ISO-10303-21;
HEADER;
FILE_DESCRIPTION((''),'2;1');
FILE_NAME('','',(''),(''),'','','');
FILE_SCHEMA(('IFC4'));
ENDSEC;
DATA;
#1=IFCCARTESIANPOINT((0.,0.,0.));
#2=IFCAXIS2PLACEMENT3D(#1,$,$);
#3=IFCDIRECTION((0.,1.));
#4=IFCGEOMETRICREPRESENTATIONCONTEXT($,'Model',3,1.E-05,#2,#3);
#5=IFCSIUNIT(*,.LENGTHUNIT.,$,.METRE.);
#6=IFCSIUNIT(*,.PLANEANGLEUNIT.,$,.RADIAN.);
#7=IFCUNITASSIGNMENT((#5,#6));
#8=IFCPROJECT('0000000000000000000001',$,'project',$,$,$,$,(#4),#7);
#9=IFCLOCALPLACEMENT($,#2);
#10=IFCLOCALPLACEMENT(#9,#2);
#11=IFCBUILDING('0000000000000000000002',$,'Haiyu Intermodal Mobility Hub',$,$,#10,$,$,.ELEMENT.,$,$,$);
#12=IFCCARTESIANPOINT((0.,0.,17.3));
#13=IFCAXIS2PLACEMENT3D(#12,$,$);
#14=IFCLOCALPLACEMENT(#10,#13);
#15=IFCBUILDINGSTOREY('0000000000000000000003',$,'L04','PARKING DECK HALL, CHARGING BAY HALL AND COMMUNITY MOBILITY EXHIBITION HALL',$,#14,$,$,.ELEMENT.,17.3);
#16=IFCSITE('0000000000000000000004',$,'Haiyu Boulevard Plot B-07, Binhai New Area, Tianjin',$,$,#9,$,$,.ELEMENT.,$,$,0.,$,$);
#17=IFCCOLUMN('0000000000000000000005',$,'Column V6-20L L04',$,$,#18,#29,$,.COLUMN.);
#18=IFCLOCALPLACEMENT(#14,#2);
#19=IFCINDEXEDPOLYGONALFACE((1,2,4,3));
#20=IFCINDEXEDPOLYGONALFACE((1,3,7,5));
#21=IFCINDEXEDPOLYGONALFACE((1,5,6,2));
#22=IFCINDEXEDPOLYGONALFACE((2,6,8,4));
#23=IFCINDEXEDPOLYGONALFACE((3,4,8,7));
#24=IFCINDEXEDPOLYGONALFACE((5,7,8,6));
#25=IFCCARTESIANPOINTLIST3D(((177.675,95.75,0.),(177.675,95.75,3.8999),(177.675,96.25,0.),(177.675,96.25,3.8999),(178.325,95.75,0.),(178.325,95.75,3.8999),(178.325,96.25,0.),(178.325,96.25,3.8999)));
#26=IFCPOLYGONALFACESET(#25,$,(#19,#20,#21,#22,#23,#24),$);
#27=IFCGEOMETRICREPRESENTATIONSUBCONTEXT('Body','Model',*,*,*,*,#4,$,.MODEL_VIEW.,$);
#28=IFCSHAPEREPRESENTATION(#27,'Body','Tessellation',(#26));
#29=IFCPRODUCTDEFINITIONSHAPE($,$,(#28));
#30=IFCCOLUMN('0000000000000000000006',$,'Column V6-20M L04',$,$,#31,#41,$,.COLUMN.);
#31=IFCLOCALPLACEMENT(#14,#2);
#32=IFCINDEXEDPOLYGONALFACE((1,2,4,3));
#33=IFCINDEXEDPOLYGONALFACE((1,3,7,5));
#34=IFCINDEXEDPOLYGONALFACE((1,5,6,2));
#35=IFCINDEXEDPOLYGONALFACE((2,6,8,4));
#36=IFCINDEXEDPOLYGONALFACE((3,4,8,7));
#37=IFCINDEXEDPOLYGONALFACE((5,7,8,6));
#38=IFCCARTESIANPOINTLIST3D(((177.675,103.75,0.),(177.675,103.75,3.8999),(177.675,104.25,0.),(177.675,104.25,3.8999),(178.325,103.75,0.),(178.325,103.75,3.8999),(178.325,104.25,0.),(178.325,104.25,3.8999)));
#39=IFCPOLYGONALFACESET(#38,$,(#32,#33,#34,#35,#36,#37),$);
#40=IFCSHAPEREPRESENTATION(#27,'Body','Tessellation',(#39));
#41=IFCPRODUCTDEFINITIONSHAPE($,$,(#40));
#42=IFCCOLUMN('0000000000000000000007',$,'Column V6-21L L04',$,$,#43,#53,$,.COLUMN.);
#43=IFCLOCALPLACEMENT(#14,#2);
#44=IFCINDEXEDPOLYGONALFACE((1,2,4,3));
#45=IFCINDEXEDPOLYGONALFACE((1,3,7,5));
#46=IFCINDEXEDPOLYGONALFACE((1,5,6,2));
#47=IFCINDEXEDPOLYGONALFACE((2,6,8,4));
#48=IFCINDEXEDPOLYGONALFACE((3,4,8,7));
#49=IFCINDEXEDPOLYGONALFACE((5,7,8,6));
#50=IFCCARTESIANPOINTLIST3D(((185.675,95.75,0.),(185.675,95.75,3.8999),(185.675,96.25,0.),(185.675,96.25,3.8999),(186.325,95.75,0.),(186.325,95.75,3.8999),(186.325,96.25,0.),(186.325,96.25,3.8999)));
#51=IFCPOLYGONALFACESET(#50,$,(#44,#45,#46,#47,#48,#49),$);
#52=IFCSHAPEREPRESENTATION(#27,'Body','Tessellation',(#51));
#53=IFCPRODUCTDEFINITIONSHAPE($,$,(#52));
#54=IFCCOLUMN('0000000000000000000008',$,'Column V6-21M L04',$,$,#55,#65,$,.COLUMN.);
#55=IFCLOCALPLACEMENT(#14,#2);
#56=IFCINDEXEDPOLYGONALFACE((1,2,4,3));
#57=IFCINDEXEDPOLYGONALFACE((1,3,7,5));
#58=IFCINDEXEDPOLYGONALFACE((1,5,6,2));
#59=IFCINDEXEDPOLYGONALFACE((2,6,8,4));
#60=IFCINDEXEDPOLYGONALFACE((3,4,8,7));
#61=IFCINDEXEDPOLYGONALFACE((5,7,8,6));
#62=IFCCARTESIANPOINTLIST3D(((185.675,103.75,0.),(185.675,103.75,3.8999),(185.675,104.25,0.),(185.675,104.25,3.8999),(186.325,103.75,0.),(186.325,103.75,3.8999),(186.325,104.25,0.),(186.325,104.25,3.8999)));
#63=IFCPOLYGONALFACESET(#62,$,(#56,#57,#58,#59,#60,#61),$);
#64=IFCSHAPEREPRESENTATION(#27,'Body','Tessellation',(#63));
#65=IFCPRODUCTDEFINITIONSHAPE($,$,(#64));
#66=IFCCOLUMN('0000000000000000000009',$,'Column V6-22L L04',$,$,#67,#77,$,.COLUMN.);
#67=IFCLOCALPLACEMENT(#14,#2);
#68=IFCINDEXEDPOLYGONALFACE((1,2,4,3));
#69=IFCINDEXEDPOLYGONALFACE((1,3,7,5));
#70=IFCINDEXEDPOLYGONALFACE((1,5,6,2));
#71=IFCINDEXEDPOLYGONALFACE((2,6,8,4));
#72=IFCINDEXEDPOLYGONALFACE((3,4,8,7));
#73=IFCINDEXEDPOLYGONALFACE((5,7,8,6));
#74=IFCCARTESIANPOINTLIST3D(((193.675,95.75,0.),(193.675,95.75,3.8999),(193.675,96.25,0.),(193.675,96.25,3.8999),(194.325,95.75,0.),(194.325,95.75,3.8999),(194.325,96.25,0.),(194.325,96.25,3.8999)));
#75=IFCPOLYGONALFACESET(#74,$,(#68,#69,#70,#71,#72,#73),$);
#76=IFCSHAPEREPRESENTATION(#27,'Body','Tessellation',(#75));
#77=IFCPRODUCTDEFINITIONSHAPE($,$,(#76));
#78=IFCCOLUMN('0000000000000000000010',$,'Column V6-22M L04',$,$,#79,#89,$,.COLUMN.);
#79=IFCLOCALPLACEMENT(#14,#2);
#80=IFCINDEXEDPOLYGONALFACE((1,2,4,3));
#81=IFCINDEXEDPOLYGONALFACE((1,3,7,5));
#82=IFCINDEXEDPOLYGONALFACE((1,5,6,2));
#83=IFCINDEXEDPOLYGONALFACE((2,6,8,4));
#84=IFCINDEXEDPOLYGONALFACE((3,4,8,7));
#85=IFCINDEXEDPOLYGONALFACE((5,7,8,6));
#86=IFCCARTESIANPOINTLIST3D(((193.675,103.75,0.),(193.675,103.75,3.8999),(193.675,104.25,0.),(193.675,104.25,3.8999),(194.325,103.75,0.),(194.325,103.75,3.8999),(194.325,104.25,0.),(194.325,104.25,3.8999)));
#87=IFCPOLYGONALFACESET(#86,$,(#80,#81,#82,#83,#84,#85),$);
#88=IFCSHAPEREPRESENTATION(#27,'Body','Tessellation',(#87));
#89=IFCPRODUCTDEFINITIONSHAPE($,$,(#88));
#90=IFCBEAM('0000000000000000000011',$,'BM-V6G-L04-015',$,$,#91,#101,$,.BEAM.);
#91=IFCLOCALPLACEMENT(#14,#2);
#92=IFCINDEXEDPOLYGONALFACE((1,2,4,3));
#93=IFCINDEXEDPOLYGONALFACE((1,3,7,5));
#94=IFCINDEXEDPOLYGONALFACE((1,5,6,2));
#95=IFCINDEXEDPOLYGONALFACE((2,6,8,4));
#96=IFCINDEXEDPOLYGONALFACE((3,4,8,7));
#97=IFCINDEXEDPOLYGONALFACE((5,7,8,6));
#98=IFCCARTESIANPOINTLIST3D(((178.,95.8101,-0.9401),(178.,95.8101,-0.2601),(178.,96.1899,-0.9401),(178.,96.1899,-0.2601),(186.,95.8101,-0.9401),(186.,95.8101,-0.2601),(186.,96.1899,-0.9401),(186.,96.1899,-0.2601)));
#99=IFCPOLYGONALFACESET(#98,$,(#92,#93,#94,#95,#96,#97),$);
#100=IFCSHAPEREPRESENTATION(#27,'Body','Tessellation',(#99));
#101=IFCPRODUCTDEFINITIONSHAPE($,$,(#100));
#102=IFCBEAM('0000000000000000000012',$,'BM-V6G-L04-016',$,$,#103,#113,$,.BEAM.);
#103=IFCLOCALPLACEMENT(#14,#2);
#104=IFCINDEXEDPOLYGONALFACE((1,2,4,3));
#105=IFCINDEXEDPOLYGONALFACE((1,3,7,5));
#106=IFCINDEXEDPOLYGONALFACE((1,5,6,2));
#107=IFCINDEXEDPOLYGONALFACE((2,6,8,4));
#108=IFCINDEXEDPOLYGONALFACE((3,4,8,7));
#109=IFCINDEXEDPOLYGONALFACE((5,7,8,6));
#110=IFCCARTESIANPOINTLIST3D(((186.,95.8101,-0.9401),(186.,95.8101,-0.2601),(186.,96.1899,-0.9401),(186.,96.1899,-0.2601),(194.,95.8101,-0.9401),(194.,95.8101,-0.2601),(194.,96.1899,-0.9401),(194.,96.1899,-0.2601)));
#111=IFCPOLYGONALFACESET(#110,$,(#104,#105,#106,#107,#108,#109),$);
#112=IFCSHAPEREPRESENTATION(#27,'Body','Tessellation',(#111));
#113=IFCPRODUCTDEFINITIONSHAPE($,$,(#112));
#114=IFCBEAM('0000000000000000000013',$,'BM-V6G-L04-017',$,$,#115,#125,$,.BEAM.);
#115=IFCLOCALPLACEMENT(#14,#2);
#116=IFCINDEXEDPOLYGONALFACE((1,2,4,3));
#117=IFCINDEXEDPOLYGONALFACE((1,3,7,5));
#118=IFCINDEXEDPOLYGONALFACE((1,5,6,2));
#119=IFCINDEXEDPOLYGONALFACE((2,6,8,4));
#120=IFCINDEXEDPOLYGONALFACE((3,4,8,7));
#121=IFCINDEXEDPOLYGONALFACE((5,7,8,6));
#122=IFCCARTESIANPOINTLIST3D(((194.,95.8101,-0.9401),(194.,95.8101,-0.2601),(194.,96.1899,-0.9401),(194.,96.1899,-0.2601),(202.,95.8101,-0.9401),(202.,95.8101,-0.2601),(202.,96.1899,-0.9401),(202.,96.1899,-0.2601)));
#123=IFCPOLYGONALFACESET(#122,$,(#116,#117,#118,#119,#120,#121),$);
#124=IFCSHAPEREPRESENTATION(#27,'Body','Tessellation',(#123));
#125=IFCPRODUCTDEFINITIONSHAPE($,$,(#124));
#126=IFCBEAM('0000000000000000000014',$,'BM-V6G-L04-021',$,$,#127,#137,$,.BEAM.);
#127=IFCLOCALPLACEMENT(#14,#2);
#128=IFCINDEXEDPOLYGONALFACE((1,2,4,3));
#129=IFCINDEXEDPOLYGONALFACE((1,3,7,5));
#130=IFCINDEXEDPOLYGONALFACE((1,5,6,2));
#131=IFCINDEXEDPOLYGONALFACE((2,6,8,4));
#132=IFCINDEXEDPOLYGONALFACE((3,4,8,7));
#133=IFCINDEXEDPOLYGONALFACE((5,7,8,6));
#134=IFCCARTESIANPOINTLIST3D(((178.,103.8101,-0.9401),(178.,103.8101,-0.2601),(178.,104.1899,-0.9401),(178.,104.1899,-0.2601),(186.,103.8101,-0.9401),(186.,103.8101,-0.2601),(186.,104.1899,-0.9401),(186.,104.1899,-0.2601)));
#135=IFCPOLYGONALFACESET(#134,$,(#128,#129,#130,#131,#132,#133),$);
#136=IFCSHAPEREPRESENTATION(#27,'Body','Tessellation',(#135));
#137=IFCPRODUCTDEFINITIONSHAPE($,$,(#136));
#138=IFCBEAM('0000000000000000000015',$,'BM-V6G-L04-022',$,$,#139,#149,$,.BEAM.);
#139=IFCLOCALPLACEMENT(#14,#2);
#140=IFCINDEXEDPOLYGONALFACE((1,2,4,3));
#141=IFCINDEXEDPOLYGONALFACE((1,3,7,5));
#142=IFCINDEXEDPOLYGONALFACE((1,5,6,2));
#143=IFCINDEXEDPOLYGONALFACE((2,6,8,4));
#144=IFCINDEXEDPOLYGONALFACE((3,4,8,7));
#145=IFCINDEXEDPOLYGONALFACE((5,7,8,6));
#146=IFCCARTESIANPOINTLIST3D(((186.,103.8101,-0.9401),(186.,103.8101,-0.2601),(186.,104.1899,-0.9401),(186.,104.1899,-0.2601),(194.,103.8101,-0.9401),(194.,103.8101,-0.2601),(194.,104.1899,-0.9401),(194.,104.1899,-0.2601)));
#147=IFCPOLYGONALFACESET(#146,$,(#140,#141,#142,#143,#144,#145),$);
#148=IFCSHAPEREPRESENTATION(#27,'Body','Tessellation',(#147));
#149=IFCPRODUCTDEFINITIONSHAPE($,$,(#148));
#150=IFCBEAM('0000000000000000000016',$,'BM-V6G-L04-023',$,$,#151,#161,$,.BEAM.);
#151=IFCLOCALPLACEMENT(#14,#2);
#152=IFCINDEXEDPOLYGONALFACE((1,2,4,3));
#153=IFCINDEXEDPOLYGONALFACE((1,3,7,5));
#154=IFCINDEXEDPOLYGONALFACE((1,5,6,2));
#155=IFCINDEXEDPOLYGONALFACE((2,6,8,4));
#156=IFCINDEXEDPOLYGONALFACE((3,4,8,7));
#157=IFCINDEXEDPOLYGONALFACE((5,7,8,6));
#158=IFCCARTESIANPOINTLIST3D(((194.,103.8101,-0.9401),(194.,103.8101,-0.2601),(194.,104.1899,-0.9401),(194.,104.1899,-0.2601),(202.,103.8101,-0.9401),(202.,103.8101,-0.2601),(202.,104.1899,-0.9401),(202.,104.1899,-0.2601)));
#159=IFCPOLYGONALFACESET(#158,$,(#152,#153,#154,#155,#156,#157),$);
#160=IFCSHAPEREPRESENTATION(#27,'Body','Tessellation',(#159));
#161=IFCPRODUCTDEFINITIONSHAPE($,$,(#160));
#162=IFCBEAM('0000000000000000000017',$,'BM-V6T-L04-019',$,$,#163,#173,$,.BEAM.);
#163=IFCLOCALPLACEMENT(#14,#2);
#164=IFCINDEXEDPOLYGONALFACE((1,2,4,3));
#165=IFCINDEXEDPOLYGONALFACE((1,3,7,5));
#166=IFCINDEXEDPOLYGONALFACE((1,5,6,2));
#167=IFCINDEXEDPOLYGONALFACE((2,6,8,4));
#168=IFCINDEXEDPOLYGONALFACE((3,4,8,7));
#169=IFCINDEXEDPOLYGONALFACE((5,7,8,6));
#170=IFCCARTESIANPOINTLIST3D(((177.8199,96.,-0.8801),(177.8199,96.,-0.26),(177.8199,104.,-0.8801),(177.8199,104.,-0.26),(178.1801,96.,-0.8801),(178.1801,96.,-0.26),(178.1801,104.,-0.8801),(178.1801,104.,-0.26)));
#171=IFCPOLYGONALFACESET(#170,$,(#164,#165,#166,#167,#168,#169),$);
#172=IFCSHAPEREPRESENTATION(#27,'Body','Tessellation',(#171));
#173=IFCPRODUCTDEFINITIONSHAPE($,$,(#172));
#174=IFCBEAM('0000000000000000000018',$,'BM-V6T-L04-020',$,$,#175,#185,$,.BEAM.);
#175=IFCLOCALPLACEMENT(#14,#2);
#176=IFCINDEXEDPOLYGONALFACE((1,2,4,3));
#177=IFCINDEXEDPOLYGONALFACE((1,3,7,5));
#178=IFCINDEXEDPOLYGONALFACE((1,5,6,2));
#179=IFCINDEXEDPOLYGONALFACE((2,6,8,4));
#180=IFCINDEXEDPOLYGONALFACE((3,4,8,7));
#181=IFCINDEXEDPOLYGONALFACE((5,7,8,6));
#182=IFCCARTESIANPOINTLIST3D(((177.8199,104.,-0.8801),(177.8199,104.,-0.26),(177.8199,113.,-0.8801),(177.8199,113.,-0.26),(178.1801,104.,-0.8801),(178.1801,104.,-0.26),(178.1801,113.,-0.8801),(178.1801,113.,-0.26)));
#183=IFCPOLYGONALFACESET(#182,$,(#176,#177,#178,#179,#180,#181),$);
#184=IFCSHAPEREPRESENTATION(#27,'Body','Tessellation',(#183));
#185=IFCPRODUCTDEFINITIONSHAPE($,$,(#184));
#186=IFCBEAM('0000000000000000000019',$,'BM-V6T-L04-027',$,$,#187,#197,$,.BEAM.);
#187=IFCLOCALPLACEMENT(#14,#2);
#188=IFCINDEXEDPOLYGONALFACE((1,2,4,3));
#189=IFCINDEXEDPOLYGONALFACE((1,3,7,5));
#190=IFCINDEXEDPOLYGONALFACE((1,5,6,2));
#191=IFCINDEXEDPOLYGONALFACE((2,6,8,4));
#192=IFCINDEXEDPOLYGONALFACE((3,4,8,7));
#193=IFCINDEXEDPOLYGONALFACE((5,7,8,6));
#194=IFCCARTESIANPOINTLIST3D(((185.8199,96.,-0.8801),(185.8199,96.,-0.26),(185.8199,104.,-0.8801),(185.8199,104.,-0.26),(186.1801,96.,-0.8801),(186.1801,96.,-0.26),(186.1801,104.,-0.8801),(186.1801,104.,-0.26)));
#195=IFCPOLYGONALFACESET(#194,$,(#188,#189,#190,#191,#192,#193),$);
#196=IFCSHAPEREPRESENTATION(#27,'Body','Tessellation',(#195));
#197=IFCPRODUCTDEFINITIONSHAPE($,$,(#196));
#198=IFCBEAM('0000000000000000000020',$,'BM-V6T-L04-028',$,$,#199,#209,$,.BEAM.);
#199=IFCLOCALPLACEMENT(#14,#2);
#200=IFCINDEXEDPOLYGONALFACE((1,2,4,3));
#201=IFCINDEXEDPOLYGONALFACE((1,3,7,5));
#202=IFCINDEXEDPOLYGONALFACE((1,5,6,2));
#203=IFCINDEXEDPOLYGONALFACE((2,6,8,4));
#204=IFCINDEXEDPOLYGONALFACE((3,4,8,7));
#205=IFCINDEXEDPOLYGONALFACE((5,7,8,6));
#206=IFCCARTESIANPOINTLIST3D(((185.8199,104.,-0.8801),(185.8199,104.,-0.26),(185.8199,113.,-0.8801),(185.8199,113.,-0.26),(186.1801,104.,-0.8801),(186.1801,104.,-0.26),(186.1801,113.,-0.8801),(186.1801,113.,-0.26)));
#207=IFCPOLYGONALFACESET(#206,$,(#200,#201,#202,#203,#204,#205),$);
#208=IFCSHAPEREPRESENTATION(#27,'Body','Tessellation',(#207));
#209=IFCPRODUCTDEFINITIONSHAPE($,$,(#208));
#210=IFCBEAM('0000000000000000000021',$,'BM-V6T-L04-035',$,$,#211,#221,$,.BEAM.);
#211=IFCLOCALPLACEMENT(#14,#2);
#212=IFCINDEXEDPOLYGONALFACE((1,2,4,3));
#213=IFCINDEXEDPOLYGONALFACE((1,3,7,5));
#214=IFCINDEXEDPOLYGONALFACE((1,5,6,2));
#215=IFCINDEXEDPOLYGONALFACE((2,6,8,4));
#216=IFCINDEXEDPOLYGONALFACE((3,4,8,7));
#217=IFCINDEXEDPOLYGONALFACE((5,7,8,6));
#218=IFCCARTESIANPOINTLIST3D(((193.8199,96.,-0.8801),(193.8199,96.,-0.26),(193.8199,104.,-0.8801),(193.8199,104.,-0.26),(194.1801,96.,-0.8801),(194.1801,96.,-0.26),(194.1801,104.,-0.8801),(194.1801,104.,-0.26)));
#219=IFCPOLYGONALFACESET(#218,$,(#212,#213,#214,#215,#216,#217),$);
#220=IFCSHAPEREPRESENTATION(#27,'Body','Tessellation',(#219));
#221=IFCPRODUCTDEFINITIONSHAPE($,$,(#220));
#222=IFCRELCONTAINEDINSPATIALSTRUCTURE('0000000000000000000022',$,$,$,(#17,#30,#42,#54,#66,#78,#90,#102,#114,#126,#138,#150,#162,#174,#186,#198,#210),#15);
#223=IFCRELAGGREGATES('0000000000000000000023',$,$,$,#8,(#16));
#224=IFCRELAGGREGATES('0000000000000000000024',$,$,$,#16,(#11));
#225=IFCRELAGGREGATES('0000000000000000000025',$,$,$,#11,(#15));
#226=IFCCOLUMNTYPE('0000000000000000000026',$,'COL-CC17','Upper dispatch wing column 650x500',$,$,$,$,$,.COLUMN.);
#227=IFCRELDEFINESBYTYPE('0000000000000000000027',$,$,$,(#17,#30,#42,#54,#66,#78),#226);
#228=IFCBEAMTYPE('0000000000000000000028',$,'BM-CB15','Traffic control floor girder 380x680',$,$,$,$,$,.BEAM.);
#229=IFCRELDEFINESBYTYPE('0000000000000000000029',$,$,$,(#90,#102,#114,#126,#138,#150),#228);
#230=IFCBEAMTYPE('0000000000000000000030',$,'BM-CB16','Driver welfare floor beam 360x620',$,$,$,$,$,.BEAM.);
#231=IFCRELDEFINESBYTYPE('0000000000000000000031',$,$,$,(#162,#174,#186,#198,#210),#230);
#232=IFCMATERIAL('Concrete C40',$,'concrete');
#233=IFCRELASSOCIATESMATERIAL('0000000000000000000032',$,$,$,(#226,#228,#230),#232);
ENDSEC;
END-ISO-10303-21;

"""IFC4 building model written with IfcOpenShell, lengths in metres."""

from ifc_helpers import new_model, si_unit, direction, frame, origin, origin_2d, place, context, subcontext, project, spatial, rectangle, extrude, material, material_profile, profile_set, type_object, element, save


model = new_model("IFC4")

# Units and contexts
model_context = context("Model", 3, precision=1e-05, world=origin(), true_north=direction((0.0, 1.0)))
body_context = subcontext(model_context, "Body", "Model", "MODEL_VIEW")
ifc_project = project(units=[si_unit("LENGTHUNIT", "METRE"), si_unit("PLANEANGLEUNIT", "RADIAN")], contexts=[model_context])

# Site, building, storey
site_placement = place(None, origin())
site = spatial("IfcSite", under=ifc_project, at=site_placement, Name="Haiyu Boulevard Plot B-07, Binhai New Area, Tianjin", CompositionType="ELEMENT", RefElevation=0.0)
building_placement = place(site_placement, origin())
building = spatial("IfcBuilding", under=site, at=building_placement, Name="Haiyu Intermodal Mobility Hub", CompositionType="ELEMENT")
storey_placement = place(building_placement, frame((0.0, 0.0, 17.3)))
storey = spatial("IfcBuildingStorey", under=building, at=storey_placement, Name="L04", Description="PARKING DECK HALL, CHARGING BAY HALL AND COMMUNITY MOBILITY EXHIBITION HALL", CompositionType="ELEMENT", Elevation=17.3)

# Columns
ifc_material_1 = material(Name="Concrete C40", Category="concrete")
ifc_material_profile_1 = material_profile(ifc_material_1, rectangle(XDim=0.6499, YDim=0.5, at=origin_2d()), Name="C650x500")
ifc_profile_set_1 = profile_set([ifc_material_profile_1], Name="Concrete C40")
column_type = type_object("IfcColumnType", Name="COL-CC17", Description="Upper dispatch wing column 650x500", PredefinedType="COLUMN", material=ifc_profile_set_1)
for number, where, z_axis, x_axis, name in (
    (1, (178.0, 96.0, 0.0), (0.0, 0.0, 1.0), (1.0, 0.0, 0.0), "Column V6-20L L04"),
    (2, (178.0, 104.0, 0.0), (0.0, 0.0, 1.0), (1.0, 0.0, 0.0), "Column V6-20M L04"),
    (3, (186.0, 96.0, 0.0), (0.0, 0.0, 1.0), (1.0, 0.0, 0.0), "Column V6-21L L04"),
    (4, (186.0, 104.0, 0.0), (0.0, 0.0, 1.0), (1.0, 0.0, 0.0), "Column V6-21M L04"),
    (5, (194.0, 96.0, 0.0), (0.0, 0.0, 1.0), (1.0, 0.0, 0.0), "Column V6-22L L04"),
    (6, (194.0, 104.0, 0.0), (0.0, 0.0, 1.0), (1.0, 0.0, 0.0), "Column V6-22M L04"),
):
    element("IfcColumn", number, at=place(storey_placement, frame(where, z_axis=z_axis, x_axis=x_axis)), inside=storey, type_object=column_type, Name=name, PredefinedType="COLUMN", context=body_context, shape_type="SweptSolid", body=[
        extrude(rectangle(XDim=0.6499, YDim=0.5, at=origin_2d()), origin(), (0.0, 0.0, 1.0), 3.8999),
    ])

# Beams
ifc_material_profile_2 = material_profile(ifc_material_1, rectangle(XDim=0.3799, YDim=0.6799, at=origin_2d()), Name="B380x680")
ifc_profile_set_2 = profile_set([ifc_material_profile_2], Name="Concrete C40")
beam_type_1 = type_object("IfcBeamType", Name="BM-CB15", Description="Traffic control floor girder 380x680", PredefinedType="BEAM", material=ifc_profile_set_2)
for number, where, z_axis, x_axis, name in (
    (7, (178.0, 96.0, -0.6001), (1.0, 0.0, 0.0), (0.0, 1.0, 0.0), "BM-V6G-L04-015"),
    (8, (186.0, 96.0, -0.6001), (1.0, 0.0, 0.0), (0.0, 1.0, 0.0), "BM-V6G-L04-016"),
    (9, (194.0, 96.0, -0.6001), (1.0, 0.0, 0.0), (0.0, 1.0, 0.0), "BM-V6G-L04-017"),
    (10, (178.0, 104.0, -0.6001), (1.0, 0.0, 0.0), (0.0, 1.0, 0.0), "BM-V6G-L04-021"),
    (11, (186.0, 104.0, -0.6001), (1.0, 0.0, 0.0), (0.0, 1.0, 0.0), "BM-V6G-L04-022"),
    (12, (194.0, 104.0, -0.6001), (1.0, 0.0, 0.0), (0.0, 1.0, 0.0), "BM-V6G-L04-023"),
):
    element("IfcBeam", number, at=place(storey_placement, frame(where, z_axis=z_axis, x_axis=x_axis)), inside=storey, type_object=beam_type_1, Name=name, PredefinedType="BEAM", context=body_context, shape_type="SweptSolid", body=[
        extrude(rectangle(XDim=0.3799, YDim=0.6799, at=origin_2d()), origin(), (0.0, 0.0, 1.0), 8.0),
    ])
ifc_material_profile_3 = material_profile(ifc_material_1, rectangle(XDim=0.3601, YDim=0.6201, at=origin_2d()), Name="B360x620")
ifc_profile_set_3 = profile_set([ifc_material_profile_3], Name="Concrete C40")
beam_type_2 = type_object("IfcBeamType", Name="BM-CB16", Description="Driver welfare floor beam 360x620", PredefinedType="BEAM", material=ifc_profile_set_3)
beam_1_placement = place(storey_placement, frame((178.0, 96.0, -0.5701), z_axis=(0.0, 1.0, 0.0), x_axis=(-1.0, 0.0, 0.0)))
element("IfcBeam", 13, at=beam_1_placement, inside=storey, type_object=beam_type_2, Name="BM-V6T-L04-019", PredefinedType="BEAM", context=body_context, shape_type="SweptSolid", body=[
    extrude(rectangle(XDim=0.3601, YDim=0.6201, at=origin_2d()), origin(), (0.0, 0.0, 1.0), 8.0),
])
beam_2_placement = place(storey_placement, frame((178.0, 104.0, -0.5701), z_axis=(0.0, 1.0, 0.0), x_axis=(-1.0, 0.0, 0.0)))
element("IfcBeam", 14, at=beam_2_placement, inside=storey, type_object=beam_type_2, Name="BM-V6T-L04-020", PredefinedType="BEAM", context=body_context, shape_type="SweptSolid", body=[
    extrude(rectangle(XDim=0.3601, YDim=0.6201, at=origin_2d()), origin(), (0.0, 0.0, 1.0), 9.0),
])
beam_3_placement = place(storey_placement, frame((186.0, 96.0, -0.5701), z_axis=(0.0, 1.0, 0.0), x_axis=(-1.0, 0.0, 0.0)))
element("IfcBeam", 15, at=beam_3_placement, inside=storey, type_object=beam_type_2, Name="BM-V6T-L04-027", PredefinedType="BEAM", context=body_context, shape_type="SweptSolid", body=[
    extrude(rectangle(XDim=0.3601, YDim=0.6201, at=origin_2d()), origin(), (0.0, 0.0, 1.0), 8.0),
])
beam_4_placement = place(storey_placement, frame((186.0, 104.0, -0.5701), z_axis=(0.0, 1.0, 0.0), x_axis=(-1.0, 0.0, 0.0)))
element("IfcBeam", 16, at=beam_4_placement, inside=storey, type_object=beam_type_2, Name="BM-V6T-L04-028", PredefinedType="BEAM", context=body_context, shape_type="SweptSolid", body=[
    extrude(rectangle(XDim=0.3601, YDim=0.6201, at=origin_2d()), origin(), (0.0, 0.0, 1.0), 9.0),
])
beam_5_placement = place(storey_placement, frame((194.0, 96.0, -0.5701), z_axis=(0.0, 1.0, 0.0), x_axis=(-1.0, 0.0, 0.0)))
element("IfcBeam", 17, at=beam_5_placement, inside=storey, type_object=beam_type_2, Name="BM-V6T-L04-035", PredefinedType="BEAM", context=body_context, shape_type="SweptSolid", body=[
    extrude(rectangle(XDim=0.3601, YDim=0.6201, at=origin_2d()), origin(), (0.0, 0.0, 1.0), 8.0),
])

save(model, "model.ifc")
